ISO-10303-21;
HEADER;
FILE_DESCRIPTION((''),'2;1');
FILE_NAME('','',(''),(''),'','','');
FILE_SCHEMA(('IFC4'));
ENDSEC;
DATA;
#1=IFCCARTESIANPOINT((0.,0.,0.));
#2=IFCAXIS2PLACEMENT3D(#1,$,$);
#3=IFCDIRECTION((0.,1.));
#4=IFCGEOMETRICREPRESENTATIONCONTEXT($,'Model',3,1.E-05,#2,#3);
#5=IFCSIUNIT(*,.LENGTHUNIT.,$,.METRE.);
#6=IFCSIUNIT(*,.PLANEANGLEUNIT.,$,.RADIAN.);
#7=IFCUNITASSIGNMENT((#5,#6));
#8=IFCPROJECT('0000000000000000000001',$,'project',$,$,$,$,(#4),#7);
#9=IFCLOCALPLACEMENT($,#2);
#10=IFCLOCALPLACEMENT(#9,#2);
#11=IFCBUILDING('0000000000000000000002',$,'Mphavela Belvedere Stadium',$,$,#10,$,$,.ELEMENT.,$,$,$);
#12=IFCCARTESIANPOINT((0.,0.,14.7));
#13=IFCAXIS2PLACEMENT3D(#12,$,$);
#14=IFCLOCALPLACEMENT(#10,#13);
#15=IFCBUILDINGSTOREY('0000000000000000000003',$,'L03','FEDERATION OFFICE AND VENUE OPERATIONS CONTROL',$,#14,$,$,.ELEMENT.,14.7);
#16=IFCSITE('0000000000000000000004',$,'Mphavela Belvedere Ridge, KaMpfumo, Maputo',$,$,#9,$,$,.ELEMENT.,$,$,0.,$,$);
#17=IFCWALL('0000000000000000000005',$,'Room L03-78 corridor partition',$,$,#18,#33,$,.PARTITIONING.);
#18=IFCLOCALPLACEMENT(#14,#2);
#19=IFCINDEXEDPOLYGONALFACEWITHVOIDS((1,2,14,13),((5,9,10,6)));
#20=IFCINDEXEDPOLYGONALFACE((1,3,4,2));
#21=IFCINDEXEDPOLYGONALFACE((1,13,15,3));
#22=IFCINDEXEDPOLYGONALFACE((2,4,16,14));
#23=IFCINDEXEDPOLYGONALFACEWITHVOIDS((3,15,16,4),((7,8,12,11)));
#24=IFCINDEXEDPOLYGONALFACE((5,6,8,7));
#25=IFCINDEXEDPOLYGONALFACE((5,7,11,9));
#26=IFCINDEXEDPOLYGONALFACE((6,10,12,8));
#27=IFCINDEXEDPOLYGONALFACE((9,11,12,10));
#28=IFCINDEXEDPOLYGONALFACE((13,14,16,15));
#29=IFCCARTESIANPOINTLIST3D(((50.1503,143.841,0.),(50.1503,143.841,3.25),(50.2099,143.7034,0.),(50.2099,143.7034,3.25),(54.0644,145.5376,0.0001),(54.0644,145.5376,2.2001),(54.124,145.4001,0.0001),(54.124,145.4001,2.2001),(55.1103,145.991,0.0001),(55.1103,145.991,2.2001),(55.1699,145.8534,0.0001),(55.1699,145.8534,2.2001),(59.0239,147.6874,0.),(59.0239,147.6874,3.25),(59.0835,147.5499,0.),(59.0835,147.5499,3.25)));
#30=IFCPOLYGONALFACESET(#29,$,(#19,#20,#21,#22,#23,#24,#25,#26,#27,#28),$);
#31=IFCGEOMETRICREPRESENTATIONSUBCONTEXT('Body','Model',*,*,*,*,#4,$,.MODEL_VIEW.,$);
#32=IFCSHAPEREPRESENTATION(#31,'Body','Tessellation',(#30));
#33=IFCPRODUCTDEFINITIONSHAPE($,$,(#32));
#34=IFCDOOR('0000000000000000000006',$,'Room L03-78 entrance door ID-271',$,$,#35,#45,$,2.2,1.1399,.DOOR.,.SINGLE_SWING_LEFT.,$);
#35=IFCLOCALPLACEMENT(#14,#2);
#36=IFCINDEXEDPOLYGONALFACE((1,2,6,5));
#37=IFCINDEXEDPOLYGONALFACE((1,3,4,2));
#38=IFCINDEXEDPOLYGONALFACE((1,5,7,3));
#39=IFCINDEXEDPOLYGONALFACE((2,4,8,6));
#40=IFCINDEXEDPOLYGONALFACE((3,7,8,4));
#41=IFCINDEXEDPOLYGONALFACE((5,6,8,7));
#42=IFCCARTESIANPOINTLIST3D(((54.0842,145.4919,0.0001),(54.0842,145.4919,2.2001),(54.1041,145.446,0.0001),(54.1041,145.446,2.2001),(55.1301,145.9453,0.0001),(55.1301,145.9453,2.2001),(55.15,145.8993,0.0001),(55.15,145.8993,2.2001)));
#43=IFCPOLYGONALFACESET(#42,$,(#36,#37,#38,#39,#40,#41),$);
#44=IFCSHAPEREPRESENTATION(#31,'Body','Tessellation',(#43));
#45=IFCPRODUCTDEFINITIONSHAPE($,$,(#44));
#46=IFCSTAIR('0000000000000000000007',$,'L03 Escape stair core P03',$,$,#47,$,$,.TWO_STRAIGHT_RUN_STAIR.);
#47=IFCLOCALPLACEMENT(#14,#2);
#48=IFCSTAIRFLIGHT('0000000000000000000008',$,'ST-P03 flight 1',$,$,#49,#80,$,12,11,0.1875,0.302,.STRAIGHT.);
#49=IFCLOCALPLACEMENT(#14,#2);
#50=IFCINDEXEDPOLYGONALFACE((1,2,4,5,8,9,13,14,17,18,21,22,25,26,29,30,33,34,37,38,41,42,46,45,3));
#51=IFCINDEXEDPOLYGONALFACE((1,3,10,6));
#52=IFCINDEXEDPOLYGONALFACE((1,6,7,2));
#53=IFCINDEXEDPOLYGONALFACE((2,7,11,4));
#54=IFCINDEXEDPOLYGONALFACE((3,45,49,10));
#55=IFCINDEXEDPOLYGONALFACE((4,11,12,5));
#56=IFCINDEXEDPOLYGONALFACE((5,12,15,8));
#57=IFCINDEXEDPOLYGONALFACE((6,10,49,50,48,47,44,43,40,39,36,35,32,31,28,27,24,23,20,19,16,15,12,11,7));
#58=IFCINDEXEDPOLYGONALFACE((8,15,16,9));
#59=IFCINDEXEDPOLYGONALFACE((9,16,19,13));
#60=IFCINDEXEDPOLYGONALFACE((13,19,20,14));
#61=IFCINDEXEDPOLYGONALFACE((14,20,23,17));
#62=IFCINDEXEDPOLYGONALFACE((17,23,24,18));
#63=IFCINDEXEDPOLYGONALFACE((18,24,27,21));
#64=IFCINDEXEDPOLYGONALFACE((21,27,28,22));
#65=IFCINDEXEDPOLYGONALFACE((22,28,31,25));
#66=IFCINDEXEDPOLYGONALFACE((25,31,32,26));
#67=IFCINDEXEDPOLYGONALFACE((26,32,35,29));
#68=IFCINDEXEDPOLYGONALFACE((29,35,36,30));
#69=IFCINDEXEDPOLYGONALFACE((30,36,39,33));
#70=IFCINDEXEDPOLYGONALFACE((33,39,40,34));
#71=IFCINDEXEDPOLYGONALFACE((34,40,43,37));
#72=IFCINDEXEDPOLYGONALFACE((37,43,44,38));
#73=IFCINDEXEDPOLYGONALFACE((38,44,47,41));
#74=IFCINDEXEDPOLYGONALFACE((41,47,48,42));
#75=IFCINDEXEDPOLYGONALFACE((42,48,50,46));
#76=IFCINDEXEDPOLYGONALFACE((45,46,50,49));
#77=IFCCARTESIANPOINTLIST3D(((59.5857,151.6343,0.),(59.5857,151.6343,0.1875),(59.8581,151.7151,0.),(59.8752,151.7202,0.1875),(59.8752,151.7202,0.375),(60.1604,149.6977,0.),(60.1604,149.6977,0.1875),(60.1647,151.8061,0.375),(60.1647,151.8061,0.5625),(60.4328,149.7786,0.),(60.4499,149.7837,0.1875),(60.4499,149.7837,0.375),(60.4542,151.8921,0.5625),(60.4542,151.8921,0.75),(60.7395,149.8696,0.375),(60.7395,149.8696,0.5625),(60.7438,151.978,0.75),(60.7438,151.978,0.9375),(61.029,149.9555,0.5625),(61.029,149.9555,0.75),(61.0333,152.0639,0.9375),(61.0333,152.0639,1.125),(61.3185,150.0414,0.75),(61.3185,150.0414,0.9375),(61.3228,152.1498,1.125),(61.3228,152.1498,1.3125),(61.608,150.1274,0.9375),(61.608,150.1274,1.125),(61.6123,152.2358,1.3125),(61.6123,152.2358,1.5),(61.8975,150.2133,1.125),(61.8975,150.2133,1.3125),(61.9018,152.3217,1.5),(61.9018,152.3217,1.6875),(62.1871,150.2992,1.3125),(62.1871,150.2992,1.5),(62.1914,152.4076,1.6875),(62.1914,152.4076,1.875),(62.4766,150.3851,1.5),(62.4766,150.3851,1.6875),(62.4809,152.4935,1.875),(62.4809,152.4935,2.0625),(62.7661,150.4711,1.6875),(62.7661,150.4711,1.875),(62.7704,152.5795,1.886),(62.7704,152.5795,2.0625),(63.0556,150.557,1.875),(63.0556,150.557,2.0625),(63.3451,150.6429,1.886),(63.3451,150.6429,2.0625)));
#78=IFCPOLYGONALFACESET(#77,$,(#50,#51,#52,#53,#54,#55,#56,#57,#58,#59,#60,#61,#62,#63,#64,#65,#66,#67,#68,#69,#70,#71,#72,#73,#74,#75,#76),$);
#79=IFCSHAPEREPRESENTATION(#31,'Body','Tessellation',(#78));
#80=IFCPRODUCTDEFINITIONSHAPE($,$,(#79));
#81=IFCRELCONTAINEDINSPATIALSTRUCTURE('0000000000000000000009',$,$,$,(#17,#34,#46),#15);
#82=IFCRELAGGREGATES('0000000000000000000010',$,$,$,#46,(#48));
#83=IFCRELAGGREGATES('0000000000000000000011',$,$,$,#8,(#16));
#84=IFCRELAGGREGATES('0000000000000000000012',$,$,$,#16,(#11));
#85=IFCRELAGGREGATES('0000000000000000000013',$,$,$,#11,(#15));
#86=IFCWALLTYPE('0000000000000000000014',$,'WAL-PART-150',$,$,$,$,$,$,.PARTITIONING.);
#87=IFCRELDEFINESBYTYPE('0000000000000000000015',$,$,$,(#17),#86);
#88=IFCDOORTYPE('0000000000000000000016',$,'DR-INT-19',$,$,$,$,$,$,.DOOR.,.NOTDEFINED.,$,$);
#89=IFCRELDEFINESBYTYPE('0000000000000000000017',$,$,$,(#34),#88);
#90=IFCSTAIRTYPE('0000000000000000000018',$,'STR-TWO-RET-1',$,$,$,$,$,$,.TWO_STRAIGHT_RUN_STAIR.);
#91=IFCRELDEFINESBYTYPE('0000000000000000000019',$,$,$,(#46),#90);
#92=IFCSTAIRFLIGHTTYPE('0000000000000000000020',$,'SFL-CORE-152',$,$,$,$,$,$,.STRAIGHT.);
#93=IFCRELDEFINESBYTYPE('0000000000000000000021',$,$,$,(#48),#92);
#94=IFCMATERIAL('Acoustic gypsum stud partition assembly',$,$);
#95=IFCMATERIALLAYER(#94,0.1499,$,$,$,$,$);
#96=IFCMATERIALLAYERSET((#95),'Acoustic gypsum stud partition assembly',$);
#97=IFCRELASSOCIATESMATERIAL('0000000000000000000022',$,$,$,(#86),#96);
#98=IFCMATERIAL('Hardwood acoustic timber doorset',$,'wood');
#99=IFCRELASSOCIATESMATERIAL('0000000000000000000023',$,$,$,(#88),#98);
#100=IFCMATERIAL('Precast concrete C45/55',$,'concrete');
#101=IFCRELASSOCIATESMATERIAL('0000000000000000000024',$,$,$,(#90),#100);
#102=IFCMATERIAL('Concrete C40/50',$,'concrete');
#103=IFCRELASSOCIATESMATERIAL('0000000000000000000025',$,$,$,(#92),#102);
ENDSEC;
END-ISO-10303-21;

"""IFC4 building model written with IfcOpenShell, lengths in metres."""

from ifc_helpers import new_model, si_unit, direction, frame, frame_2d, origin, place, context, subcontext, project, spatial, polyline, rectangle, outline, extrude, material, layer, layer_set, type_object, element, fill, aggregate, save


model = new_model("IFC4")

# Units and contexts
model_context = context("Model", 3, precision=1e-05, world=origin(), true_north=direction((0.0, 1.0)))
body_context = subcontext(model_context, "Body", "Model", "MODEL_VIEW")
ifc_project = project(units=[si_unit("LENGTHUNIT", "METRE"), si_unit("PLANEANGLEUNIT", "RADIAN")], contexts=[model_context])

# Site, building, storey
site_placement = place(None, origin())
site = spatial("IfcSite", under=ifc_project, at=site_placement, Name="Mphavela Belvedere Ridge, KaMpfumo, Maputo", CompositionType="ELEMENT", RefElevation=0.0)
building_placement = place(site_placement, origin())
building = spatial("IfcBuilding", under=site, at=building_placement, Name="Mphavela Belvedere Stadium", CompositionType="ELEMENT")
storey_placement = place(building_placement, frame((0.0, 0.0, 14.7)))
storey = spatial("IfcBuildingStorey", under=building, at=storey_placement, Name="L03", Description="FEDERATION OFFICE AND VENUE OPERATIONS CONTROL", CompositionType="ELEMENT", Elevation=14.7)

# Wall, opening, door
ifc_material_1 = material(Name="Acoustic gypsum stud partition assembly")
ifc_layer_1 = layer(ifc_material_1, 0.1499)
ifc_layer_set_1 = layer_set([ifc_layer_1], Name="Acoustic gypsum stud partition assembly")
wall_type_1 = type_object("IfcWallType", Name="WAL-PART-150", PredefinedType="PARTITIONING", material=ifc_layer_set_1)
wall_1_placement = place(storey_placement, frame((59.0537, 147.6187, 0.0), z_axis=(0.0, 0.0, 1.0), x_axis=(-0.917509, -0.397715, 0.0)))
wall_1 = element("IfcWall", 1, at=wall_1_placement, inside=storey, type_object=wall_type_1, Name="Room L03-78 corridor partition", PredefinedType="PARTITIONING", context=body_context, shape_type="SweptSolid", body=[
    extrude(rectangle(XDim=9.6714, YDim=0.1499, at=frame_2d((4.8357, 0.0))), origin(), (0.0, 0.0, 1.0), 3.25),
])
opening_1_placement = place(wall_1_placement, frame((4.2656, 0.0, 0.0)))
opening_1 = element("IfcOpeningElement", 2, at=opening_1_placement, cuts=wall_1, PredefinedType="OPENING", context=body_context, shape_type="SweptSolid", body=[
    extrude(rectangle(XDim=1.1399, YDim=2.2, at=frame_2d((0.5698, 1.1001))), frame((0.0, 0.085, 0.0), z_axis=(0.0, -1.0, 0.0), x_axis=(1.0, 0.0, 0.0)), (0.0, 0.0, 1.0), 0.1699),
])
ifc_material_2 = material(Name="Hardwood acoustic timber doorset", Category="wood")
door_type_1 = type_object("IfcDoorType", Name="DR-INT-19", OperationType="NOTDEFINED", PredefinedType="DOOR", material=ifc_material_2)
door_1_placement = place(opening_1_placement, origin())
door_1 = element("IfcDoor", 3, at=door_1_placement, inside=storey, type_object=door_type_1, Name="Room L03-78 entrance door ID-271", OperationType="SINGLE_SWING_LEFT", OverallHeight=2.2, OverallWidth=1.1399, PredefinedType="DOOR", context=body_context, shape_type="SweptSolid", body=[
    extrude(rectangle(XDim=1.1399, YDim=2.2, at=frame_2d((0.5698, 1.1001))), frame((0.0, 0.0249, 0.0), z_axis=(0.0, -1.0, 0.0), x_axis=(1.0, 0.0, 0.0)), (0.0, 0.0, 1.0), 0.05),
])
fill(opening_1, door_1)

# Stair, stair flight
ifc_material_3 = material(Name="Precast concrete C45/55", Category="concrete")
stair_type = type_object("IfcStairType", Name="STR-TWO-RET-1", PredefinedType="TWO_STRAIGHT_RUN_STAIR", material=ifc_material_3)
stair_placement = place(storey_placement, origin())
stair = element("IfcStair", 4, at=stair_placement, inside=storey, type_object=stair_type, Name="L03 Escape stair core P03", PredefinedType="TWO_STRAIGHT_RUN_STAIR")
ifc_material_4 = material(Name="Concrete C40/50", Category="concrete")
stair_flight_type = type_object("IfcStairFlightType", Name="SFL-CORE-152", PredefinedType="STRAIGHT", material=ifc_material_4)
stair_flight_placement = place(storey_placement, frame((59.873, 150.666, 0.0), z_axis=(0.0, 0.0, 1.0), x_axis=(0.958671, 0.284517, 0.0)))
stair_flight = element("IfcStairFlight", 5, at=stair_flight_placement, type_object=stair_flight_type, Name="ST-P03 flight 1", NumberOfRisers=12, NumberOfTreads=11, PredefinedType="STRAIGHT", RiserHeight=0.1875, TreadLength=0.302, context=body_context, shape_type="SweptSolid", body=[
    extrude(outline(polyline([(0.0, 0.0), (0.0, 0.1875), (0.302, 0.1875), (0.302, 0.375), (0.604, 0.375), (0.604, 0.5625), (0.906, 0.5625), (0.906, 0.75), (1.208, 0.75), (1.208, 0.9375), (1.51, 0.9375), (1.51, 1.125), (1.812, 1.125), (1.812, 1.3125), (2.114, 1.3125), (2.114, 1.5), (2.416, 1.5), (2.416, 1.6875), (2.718, 1.6875), (2.718, 1.875), (3.02, 1.875), (3.02, 2.0625), (3.322, 2.0625), (3.322, 2.25), (3.322, 1.886), (0.2842, 0.0), (0.0, 0.0)])), frame((0.0, 1.01, 0.0), z_axis=(0.0, -1.0, 0.0), x_axis=(1.0, 0.0, 0.0)), (0.0, 0.0, 1.0), 2.02),
])
aggregate(stair, [stair_flight])

save(model, "model.ifc")
